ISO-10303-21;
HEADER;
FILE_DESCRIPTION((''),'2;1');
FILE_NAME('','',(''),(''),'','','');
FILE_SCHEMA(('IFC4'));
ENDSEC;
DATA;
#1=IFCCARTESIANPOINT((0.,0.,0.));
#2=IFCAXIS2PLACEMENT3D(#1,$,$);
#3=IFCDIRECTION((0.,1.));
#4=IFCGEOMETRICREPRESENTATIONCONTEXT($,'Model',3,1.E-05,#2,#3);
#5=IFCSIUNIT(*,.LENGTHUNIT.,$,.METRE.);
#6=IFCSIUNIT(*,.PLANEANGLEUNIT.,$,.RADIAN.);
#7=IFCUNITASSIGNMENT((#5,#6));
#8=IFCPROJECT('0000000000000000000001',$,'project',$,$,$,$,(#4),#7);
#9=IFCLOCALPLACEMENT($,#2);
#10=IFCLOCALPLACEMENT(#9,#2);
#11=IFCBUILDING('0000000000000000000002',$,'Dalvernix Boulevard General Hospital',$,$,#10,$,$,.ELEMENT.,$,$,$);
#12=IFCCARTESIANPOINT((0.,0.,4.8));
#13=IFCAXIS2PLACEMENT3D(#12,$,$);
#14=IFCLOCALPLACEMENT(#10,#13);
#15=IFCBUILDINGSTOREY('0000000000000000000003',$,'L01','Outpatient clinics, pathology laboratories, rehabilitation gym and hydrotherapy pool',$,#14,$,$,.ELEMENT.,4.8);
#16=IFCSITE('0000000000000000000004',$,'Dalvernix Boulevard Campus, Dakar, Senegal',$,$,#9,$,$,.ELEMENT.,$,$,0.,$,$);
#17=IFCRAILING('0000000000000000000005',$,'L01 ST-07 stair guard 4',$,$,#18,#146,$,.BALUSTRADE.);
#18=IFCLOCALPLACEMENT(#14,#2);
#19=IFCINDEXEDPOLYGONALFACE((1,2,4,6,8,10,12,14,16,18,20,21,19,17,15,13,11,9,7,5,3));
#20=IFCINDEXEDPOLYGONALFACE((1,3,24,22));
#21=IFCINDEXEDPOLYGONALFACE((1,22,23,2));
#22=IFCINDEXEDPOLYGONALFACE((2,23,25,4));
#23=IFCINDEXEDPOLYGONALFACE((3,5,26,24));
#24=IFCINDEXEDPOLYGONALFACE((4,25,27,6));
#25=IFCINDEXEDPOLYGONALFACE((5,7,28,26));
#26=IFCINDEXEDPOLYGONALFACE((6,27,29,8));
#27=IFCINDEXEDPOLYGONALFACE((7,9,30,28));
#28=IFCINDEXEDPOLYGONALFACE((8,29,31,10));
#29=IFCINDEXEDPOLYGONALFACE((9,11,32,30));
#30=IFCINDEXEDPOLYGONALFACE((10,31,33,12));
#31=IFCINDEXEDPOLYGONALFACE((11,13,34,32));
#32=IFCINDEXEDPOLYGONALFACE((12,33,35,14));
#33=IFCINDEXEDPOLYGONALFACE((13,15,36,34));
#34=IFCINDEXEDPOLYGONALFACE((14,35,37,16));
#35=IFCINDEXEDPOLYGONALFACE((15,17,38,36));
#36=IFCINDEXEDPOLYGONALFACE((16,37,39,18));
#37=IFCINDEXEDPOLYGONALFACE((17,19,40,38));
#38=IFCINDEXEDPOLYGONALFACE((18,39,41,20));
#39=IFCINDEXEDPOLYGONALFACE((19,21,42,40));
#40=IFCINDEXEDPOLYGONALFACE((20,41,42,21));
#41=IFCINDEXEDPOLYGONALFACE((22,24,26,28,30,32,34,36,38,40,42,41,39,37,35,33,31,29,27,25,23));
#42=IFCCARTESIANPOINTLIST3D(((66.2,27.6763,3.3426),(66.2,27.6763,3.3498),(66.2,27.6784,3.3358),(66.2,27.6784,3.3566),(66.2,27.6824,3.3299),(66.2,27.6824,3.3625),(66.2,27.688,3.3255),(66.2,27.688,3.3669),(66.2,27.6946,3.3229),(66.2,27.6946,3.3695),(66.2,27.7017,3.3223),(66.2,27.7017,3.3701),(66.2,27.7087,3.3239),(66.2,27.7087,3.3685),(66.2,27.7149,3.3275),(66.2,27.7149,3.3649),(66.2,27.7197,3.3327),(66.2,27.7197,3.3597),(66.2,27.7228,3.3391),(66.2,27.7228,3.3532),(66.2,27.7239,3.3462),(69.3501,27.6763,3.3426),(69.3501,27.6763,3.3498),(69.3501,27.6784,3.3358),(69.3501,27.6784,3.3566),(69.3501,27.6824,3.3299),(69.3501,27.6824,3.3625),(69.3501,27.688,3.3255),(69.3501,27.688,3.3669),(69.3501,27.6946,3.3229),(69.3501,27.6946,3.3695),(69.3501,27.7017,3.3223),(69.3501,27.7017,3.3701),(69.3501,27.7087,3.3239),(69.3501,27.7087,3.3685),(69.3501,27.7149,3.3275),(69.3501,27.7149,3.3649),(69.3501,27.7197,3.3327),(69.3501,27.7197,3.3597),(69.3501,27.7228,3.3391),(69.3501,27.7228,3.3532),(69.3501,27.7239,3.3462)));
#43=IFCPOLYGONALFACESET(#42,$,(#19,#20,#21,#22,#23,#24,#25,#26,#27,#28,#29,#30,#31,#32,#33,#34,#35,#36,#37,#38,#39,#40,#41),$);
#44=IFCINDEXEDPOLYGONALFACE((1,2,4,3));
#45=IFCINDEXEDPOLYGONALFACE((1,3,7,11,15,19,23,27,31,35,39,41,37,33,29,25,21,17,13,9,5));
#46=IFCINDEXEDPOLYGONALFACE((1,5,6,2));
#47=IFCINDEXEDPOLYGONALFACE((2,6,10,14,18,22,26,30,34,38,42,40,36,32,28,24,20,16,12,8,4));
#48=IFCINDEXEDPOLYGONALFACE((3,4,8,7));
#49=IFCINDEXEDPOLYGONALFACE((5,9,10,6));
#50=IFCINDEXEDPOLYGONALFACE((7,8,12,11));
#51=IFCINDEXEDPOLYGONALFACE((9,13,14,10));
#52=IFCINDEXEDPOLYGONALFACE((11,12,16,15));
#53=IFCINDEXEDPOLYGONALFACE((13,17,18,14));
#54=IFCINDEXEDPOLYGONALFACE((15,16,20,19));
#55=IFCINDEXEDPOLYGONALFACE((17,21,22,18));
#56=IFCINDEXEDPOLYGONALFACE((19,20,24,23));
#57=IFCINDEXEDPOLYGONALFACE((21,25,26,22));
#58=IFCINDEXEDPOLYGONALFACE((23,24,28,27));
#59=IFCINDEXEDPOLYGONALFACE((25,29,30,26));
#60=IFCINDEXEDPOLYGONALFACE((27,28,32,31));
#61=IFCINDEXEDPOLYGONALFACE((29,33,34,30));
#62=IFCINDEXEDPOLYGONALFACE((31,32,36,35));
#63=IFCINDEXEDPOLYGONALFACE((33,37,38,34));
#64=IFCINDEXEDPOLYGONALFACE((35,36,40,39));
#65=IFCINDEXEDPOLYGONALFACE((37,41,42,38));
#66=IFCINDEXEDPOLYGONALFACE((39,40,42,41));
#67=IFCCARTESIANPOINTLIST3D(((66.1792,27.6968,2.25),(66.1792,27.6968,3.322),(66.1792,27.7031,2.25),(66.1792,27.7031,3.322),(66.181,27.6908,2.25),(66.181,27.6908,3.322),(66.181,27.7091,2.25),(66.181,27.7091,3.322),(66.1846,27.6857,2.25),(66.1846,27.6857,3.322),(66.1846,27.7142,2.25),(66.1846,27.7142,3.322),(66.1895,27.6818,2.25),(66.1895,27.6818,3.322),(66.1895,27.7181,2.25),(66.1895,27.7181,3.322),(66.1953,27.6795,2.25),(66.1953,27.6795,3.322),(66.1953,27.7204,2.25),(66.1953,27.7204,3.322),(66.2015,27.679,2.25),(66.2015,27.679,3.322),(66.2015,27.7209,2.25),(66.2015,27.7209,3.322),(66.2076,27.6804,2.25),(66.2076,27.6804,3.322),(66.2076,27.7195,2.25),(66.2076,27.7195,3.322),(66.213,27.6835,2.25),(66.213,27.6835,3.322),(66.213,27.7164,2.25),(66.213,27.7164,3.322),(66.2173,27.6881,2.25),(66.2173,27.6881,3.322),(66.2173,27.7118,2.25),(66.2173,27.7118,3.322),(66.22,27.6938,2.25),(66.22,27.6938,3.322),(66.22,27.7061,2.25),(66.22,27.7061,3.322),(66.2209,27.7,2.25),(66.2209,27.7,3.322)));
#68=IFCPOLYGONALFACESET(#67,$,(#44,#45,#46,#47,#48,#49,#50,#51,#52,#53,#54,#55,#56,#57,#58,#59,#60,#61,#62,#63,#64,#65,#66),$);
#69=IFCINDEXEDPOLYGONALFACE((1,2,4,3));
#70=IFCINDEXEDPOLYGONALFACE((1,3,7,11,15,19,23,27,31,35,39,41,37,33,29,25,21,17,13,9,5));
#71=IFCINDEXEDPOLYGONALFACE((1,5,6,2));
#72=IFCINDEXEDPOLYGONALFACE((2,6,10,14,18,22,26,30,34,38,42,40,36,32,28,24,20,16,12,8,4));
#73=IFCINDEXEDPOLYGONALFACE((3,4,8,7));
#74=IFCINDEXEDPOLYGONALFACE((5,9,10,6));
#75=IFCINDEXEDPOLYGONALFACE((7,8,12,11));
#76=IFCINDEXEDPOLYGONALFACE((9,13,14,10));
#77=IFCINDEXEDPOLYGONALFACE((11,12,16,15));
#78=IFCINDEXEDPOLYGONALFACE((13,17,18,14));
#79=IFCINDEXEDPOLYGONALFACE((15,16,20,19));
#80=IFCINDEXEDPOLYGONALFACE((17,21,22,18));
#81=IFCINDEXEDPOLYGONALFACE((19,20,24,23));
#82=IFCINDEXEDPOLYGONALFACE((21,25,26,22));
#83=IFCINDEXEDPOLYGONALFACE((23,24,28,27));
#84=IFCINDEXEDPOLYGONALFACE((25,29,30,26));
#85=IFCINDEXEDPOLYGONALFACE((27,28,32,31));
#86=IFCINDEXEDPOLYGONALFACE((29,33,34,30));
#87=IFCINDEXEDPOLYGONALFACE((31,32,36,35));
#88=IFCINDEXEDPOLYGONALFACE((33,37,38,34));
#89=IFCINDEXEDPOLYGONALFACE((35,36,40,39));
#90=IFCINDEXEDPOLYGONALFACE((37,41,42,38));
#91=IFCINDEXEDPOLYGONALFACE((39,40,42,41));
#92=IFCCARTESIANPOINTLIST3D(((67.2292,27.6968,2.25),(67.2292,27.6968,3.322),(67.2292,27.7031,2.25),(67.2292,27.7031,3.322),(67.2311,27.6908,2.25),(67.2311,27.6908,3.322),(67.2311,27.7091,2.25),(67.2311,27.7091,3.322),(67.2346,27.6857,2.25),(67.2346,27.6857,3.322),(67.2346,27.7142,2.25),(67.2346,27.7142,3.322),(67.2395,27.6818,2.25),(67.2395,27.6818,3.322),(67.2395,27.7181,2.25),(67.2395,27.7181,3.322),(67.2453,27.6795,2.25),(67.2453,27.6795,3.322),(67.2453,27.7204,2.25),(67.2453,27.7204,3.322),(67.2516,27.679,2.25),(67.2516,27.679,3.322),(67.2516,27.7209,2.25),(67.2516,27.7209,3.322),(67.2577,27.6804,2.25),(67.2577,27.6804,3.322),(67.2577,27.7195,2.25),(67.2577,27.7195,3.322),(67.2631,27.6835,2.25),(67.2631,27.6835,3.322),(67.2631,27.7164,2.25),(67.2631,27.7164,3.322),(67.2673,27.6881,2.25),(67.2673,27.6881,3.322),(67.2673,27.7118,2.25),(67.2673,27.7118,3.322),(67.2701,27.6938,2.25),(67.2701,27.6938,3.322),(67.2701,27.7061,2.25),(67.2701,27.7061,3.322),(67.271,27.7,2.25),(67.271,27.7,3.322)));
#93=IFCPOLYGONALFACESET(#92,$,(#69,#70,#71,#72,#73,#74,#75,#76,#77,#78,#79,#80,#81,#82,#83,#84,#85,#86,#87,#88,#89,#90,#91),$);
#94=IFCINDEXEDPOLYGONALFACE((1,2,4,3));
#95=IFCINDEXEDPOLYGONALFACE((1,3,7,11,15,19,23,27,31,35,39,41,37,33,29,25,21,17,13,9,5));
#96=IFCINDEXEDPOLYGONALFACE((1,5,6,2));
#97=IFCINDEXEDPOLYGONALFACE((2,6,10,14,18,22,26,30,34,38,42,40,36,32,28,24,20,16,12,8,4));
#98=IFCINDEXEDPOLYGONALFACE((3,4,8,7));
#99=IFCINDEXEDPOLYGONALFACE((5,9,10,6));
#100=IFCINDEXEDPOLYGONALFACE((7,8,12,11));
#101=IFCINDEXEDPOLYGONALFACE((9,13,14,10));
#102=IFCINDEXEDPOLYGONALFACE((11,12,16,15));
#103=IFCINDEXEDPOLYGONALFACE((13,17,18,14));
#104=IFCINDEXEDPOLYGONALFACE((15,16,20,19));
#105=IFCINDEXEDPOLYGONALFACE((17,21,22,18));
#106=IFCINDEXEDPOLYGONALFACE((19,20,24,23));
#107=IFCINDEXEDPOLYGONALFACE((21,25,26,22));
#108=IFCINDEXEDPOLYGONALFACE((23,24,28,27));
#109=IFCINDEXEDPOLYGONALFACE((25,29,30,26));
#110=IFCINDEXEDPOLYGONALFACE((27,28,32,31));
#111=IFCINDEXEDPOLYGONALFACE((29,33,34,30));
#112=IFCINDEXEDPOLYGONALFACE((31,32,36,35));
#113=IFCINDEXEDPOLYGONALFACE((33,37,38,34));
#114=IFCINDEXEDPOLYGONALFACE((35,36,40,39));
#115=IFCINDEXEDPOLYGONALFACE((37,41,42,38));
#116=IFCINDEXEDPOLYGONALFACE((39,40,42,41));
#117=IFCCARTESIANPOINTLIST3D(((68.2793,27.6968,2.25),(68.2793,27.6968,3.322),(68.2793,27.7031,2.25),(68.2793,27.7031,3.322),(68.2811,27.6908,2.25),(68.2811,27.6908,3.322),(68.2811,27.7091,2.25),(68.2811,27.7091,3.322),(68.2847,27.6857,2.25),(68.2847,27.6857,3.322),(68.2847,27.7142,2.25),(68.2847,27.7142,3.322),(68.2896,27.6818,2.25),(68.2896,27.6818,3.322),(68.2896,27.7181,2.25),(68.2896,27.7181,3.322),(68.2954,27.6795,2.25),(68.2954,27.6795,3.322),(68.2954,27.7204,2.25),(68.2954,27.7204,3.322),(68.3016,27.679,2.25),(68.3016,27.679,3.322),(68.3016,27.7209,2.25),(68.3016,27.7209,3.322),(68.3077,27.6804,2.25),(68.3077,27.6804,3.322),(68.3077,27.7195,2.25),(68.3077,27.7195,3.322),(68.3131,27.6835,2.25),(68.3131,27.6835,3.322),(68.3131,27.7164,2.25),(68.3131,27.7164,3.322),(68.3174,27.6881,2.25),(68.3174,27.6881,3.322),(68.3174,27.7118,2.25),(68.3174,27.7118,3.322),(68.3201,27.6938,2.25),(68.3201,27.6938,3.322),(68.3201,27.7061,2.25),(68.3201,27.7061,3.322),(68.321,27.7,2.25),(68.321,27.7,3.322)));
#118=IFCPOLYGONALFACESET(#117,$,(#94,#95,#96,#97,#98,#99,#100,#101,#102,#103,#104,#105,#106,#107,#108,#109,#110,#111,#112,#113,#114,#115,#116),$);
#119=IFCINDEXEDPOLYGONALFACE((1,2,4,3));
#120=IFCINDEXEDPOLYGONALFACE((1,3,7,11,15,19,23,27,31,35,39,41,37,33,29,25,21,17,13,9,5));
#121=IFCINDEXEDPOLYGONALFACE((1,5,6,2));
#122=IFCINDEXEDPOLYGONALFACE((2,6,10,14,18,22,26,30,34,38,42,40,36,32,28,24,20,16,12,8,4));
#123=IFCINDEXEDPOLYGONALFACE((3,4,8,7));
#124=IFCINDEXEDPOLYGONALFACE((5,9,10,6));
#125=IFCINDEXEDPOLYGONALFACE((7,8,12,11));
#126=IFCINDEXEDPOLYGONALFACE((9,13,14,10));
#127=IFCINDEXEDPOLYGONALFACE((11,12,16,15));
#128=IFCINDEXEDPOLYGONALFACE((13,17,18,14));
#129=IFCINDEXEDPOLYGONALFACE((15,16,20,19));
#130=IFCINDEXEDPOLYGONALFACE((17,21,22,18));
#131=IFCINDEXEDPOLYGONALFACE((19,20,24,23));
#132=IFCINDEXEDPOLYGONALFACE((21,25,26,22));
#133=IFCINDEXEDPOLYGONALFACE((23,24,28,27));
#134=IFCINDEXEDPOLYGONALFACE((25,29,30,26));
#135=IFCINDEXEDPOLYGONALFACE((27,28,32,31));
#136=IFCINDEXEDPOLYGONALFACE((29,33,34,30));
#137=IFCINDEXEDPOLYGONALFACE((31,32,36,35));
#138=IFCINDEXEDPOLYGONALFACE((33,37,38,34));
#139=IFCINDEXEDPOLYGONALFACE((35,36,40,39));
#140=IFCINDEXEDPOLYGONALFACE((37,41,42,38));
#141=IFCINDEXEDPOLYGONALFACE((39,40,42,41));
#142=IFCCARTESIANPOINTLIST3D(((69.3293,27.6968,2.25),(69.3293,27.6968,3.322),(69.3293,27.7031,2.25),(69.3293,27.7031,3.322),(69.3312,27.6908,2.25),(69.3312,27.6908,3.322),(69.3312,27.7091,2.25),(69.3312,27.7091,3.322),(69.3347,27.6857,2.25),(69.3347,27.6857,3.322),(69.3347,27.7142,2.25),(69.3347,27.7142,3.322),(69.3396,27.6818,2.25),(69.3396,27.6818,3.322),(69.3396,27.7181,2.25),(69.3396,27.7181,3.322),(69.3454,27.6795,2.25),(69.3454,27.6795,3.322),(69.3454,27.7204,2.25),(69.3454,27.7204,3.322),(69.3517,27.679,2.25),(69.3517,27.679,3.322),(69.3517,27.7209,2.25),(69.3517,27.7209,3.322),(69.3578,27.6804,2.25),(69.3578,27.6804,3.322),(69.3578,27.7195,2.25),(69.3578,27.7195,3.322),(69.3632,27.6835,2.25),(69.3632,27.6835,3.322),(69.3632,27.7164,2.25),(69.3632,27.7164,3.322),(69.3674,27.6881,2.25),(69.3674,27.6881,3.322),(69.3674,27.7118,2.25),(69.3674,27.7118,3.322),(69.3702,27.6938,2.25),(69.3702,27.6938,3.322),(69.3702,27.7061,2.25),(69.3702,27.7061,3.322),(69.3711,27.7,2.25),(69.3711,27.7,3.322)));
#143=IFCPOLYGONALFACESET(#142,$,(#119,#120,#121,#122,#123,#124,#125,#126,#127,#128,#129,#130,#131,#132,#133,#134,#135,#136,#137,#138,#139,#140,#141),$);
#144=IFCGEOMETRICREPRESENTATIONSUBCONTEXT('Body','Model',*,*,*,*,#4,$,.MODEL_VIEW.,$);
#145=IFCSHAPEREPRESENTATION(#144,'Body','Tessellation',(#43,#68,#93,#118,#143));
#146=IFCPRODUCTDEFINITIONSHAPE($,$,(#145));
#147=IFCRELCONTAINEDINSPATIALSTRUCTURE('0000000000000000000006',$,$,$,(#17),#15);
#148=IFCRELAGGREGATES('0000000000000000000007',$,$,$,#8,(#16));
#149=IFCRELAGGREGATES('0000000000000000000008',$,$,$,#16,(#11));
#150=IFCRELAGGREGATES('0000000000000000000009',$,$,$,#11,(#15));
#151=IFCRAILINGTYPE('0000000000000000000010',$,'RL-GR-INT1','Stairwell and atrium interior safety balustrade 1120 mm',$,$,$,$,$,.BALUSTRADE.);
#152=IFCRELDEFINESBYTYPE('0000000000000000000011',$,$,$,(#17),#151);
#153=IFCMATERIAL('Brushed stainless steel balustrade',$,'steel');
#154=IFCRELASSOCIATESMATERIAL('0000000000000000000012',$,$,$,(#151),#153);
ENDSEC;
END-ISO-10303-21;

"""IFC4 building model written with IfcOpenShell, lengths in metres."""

from ifc_helpers import new_model, si_unit, direction, frame, origin, origin_2d, place, context, subcontext, project, spatial, circle, extrude, material, type_object, element, save


model = new_model("IFC4")

# Units and contexts
model_context = context("Model", 3, precision=1e-05, world=origin(), true_north=direction((0.0, 1.0)))
body_context = subcontext(model_context, "Body", "Model", "MODEL_VIEW")
ifc_project = project(units=[si_unit("LENGTHUNIT", "METRE"), si_unit("PLANEANGLEUNIT", "RADIAN")], contexts=[model_context])

# Site, building, storey
site_placement = place(None, origin())
site = spatial("IfcSite", under=ifc_project, at=site_placement, Name="Dalvernix Boulevard Campus, Dakar, Senegal", CompositionType="ELEMENT", RefElevation=0.0)
building_placement = place(site_placement, origin())
building = spatial("IfcBuilding", under=site, at=building_placement, Name="Dalvernix Boulevard General Hospital", CompositionType="ELEMENT")
storey_placement = place(building_placement, frame((0.0, 0.0, 4.8)))
storey = spatial("IfcBuildingStorey", under=building, at=storey_placement, Name="L01", Description="Outpatient clinics, pathology laboratories, rehabilitation gym and hydrotherapy pool", CompositionType="ELEMENT", Elevation=4.8)

# Railing
ifc_material_1 = material(Name="Brushed stainless steel balustrade", Category="steel")
railing_type_1 = type_object("IfcRailingType", Name="RL-GR-INT1", Description="Stairwell and atrium interior safety balustrade 1120 mm", PredefinedType="BALUSTRADE", material=ifc_material_1)
for number, where, name in (
    (1, (66.2, 27.7, 2.25), "L01 ST-07 stair guard 4"),
):
    element("IfcRailing", number, at=place(storey_placement, frame(where)), inside=storey, type_object=railing_type_1, Name=name, PredefinedType="BALUSTRADE", context=body_context, shape_type="SweptSolid", body=[
        extrude(circle(Radius=0.0239, at=origin_2d()), frame((0.0, 0.0, 1.0962), z_axis=(1.0, 0.0, 0.0), x_axis=(0.0, 1.0, 0.0)), (0.0, 0.0, 1.0), 3.1501),
        extrude(circle(Radius=0.021, at=origin_2d()), origin(), (0.0, 0.0, 1.0), 1.072),
        extrude(circle(Radius=0.021, at=origin_2d()), frame((1.05, 0.0, 0.0)), (0.0, 0.0, 1.0), 1.072),
        extrude(circle(Radius=0.021, at=origin_2d()), frame((2.1001, 0.0, 0.0)), (0.0, 0.0, 1.0), 1.072),
        extrude(circle(Radius=0.021, at=origin_2d()), frame((3.1501, 0.0, 0.0)), (0.0, 0.0, 1.0), 1.072),
    ])

save(model, "model.ifc")
